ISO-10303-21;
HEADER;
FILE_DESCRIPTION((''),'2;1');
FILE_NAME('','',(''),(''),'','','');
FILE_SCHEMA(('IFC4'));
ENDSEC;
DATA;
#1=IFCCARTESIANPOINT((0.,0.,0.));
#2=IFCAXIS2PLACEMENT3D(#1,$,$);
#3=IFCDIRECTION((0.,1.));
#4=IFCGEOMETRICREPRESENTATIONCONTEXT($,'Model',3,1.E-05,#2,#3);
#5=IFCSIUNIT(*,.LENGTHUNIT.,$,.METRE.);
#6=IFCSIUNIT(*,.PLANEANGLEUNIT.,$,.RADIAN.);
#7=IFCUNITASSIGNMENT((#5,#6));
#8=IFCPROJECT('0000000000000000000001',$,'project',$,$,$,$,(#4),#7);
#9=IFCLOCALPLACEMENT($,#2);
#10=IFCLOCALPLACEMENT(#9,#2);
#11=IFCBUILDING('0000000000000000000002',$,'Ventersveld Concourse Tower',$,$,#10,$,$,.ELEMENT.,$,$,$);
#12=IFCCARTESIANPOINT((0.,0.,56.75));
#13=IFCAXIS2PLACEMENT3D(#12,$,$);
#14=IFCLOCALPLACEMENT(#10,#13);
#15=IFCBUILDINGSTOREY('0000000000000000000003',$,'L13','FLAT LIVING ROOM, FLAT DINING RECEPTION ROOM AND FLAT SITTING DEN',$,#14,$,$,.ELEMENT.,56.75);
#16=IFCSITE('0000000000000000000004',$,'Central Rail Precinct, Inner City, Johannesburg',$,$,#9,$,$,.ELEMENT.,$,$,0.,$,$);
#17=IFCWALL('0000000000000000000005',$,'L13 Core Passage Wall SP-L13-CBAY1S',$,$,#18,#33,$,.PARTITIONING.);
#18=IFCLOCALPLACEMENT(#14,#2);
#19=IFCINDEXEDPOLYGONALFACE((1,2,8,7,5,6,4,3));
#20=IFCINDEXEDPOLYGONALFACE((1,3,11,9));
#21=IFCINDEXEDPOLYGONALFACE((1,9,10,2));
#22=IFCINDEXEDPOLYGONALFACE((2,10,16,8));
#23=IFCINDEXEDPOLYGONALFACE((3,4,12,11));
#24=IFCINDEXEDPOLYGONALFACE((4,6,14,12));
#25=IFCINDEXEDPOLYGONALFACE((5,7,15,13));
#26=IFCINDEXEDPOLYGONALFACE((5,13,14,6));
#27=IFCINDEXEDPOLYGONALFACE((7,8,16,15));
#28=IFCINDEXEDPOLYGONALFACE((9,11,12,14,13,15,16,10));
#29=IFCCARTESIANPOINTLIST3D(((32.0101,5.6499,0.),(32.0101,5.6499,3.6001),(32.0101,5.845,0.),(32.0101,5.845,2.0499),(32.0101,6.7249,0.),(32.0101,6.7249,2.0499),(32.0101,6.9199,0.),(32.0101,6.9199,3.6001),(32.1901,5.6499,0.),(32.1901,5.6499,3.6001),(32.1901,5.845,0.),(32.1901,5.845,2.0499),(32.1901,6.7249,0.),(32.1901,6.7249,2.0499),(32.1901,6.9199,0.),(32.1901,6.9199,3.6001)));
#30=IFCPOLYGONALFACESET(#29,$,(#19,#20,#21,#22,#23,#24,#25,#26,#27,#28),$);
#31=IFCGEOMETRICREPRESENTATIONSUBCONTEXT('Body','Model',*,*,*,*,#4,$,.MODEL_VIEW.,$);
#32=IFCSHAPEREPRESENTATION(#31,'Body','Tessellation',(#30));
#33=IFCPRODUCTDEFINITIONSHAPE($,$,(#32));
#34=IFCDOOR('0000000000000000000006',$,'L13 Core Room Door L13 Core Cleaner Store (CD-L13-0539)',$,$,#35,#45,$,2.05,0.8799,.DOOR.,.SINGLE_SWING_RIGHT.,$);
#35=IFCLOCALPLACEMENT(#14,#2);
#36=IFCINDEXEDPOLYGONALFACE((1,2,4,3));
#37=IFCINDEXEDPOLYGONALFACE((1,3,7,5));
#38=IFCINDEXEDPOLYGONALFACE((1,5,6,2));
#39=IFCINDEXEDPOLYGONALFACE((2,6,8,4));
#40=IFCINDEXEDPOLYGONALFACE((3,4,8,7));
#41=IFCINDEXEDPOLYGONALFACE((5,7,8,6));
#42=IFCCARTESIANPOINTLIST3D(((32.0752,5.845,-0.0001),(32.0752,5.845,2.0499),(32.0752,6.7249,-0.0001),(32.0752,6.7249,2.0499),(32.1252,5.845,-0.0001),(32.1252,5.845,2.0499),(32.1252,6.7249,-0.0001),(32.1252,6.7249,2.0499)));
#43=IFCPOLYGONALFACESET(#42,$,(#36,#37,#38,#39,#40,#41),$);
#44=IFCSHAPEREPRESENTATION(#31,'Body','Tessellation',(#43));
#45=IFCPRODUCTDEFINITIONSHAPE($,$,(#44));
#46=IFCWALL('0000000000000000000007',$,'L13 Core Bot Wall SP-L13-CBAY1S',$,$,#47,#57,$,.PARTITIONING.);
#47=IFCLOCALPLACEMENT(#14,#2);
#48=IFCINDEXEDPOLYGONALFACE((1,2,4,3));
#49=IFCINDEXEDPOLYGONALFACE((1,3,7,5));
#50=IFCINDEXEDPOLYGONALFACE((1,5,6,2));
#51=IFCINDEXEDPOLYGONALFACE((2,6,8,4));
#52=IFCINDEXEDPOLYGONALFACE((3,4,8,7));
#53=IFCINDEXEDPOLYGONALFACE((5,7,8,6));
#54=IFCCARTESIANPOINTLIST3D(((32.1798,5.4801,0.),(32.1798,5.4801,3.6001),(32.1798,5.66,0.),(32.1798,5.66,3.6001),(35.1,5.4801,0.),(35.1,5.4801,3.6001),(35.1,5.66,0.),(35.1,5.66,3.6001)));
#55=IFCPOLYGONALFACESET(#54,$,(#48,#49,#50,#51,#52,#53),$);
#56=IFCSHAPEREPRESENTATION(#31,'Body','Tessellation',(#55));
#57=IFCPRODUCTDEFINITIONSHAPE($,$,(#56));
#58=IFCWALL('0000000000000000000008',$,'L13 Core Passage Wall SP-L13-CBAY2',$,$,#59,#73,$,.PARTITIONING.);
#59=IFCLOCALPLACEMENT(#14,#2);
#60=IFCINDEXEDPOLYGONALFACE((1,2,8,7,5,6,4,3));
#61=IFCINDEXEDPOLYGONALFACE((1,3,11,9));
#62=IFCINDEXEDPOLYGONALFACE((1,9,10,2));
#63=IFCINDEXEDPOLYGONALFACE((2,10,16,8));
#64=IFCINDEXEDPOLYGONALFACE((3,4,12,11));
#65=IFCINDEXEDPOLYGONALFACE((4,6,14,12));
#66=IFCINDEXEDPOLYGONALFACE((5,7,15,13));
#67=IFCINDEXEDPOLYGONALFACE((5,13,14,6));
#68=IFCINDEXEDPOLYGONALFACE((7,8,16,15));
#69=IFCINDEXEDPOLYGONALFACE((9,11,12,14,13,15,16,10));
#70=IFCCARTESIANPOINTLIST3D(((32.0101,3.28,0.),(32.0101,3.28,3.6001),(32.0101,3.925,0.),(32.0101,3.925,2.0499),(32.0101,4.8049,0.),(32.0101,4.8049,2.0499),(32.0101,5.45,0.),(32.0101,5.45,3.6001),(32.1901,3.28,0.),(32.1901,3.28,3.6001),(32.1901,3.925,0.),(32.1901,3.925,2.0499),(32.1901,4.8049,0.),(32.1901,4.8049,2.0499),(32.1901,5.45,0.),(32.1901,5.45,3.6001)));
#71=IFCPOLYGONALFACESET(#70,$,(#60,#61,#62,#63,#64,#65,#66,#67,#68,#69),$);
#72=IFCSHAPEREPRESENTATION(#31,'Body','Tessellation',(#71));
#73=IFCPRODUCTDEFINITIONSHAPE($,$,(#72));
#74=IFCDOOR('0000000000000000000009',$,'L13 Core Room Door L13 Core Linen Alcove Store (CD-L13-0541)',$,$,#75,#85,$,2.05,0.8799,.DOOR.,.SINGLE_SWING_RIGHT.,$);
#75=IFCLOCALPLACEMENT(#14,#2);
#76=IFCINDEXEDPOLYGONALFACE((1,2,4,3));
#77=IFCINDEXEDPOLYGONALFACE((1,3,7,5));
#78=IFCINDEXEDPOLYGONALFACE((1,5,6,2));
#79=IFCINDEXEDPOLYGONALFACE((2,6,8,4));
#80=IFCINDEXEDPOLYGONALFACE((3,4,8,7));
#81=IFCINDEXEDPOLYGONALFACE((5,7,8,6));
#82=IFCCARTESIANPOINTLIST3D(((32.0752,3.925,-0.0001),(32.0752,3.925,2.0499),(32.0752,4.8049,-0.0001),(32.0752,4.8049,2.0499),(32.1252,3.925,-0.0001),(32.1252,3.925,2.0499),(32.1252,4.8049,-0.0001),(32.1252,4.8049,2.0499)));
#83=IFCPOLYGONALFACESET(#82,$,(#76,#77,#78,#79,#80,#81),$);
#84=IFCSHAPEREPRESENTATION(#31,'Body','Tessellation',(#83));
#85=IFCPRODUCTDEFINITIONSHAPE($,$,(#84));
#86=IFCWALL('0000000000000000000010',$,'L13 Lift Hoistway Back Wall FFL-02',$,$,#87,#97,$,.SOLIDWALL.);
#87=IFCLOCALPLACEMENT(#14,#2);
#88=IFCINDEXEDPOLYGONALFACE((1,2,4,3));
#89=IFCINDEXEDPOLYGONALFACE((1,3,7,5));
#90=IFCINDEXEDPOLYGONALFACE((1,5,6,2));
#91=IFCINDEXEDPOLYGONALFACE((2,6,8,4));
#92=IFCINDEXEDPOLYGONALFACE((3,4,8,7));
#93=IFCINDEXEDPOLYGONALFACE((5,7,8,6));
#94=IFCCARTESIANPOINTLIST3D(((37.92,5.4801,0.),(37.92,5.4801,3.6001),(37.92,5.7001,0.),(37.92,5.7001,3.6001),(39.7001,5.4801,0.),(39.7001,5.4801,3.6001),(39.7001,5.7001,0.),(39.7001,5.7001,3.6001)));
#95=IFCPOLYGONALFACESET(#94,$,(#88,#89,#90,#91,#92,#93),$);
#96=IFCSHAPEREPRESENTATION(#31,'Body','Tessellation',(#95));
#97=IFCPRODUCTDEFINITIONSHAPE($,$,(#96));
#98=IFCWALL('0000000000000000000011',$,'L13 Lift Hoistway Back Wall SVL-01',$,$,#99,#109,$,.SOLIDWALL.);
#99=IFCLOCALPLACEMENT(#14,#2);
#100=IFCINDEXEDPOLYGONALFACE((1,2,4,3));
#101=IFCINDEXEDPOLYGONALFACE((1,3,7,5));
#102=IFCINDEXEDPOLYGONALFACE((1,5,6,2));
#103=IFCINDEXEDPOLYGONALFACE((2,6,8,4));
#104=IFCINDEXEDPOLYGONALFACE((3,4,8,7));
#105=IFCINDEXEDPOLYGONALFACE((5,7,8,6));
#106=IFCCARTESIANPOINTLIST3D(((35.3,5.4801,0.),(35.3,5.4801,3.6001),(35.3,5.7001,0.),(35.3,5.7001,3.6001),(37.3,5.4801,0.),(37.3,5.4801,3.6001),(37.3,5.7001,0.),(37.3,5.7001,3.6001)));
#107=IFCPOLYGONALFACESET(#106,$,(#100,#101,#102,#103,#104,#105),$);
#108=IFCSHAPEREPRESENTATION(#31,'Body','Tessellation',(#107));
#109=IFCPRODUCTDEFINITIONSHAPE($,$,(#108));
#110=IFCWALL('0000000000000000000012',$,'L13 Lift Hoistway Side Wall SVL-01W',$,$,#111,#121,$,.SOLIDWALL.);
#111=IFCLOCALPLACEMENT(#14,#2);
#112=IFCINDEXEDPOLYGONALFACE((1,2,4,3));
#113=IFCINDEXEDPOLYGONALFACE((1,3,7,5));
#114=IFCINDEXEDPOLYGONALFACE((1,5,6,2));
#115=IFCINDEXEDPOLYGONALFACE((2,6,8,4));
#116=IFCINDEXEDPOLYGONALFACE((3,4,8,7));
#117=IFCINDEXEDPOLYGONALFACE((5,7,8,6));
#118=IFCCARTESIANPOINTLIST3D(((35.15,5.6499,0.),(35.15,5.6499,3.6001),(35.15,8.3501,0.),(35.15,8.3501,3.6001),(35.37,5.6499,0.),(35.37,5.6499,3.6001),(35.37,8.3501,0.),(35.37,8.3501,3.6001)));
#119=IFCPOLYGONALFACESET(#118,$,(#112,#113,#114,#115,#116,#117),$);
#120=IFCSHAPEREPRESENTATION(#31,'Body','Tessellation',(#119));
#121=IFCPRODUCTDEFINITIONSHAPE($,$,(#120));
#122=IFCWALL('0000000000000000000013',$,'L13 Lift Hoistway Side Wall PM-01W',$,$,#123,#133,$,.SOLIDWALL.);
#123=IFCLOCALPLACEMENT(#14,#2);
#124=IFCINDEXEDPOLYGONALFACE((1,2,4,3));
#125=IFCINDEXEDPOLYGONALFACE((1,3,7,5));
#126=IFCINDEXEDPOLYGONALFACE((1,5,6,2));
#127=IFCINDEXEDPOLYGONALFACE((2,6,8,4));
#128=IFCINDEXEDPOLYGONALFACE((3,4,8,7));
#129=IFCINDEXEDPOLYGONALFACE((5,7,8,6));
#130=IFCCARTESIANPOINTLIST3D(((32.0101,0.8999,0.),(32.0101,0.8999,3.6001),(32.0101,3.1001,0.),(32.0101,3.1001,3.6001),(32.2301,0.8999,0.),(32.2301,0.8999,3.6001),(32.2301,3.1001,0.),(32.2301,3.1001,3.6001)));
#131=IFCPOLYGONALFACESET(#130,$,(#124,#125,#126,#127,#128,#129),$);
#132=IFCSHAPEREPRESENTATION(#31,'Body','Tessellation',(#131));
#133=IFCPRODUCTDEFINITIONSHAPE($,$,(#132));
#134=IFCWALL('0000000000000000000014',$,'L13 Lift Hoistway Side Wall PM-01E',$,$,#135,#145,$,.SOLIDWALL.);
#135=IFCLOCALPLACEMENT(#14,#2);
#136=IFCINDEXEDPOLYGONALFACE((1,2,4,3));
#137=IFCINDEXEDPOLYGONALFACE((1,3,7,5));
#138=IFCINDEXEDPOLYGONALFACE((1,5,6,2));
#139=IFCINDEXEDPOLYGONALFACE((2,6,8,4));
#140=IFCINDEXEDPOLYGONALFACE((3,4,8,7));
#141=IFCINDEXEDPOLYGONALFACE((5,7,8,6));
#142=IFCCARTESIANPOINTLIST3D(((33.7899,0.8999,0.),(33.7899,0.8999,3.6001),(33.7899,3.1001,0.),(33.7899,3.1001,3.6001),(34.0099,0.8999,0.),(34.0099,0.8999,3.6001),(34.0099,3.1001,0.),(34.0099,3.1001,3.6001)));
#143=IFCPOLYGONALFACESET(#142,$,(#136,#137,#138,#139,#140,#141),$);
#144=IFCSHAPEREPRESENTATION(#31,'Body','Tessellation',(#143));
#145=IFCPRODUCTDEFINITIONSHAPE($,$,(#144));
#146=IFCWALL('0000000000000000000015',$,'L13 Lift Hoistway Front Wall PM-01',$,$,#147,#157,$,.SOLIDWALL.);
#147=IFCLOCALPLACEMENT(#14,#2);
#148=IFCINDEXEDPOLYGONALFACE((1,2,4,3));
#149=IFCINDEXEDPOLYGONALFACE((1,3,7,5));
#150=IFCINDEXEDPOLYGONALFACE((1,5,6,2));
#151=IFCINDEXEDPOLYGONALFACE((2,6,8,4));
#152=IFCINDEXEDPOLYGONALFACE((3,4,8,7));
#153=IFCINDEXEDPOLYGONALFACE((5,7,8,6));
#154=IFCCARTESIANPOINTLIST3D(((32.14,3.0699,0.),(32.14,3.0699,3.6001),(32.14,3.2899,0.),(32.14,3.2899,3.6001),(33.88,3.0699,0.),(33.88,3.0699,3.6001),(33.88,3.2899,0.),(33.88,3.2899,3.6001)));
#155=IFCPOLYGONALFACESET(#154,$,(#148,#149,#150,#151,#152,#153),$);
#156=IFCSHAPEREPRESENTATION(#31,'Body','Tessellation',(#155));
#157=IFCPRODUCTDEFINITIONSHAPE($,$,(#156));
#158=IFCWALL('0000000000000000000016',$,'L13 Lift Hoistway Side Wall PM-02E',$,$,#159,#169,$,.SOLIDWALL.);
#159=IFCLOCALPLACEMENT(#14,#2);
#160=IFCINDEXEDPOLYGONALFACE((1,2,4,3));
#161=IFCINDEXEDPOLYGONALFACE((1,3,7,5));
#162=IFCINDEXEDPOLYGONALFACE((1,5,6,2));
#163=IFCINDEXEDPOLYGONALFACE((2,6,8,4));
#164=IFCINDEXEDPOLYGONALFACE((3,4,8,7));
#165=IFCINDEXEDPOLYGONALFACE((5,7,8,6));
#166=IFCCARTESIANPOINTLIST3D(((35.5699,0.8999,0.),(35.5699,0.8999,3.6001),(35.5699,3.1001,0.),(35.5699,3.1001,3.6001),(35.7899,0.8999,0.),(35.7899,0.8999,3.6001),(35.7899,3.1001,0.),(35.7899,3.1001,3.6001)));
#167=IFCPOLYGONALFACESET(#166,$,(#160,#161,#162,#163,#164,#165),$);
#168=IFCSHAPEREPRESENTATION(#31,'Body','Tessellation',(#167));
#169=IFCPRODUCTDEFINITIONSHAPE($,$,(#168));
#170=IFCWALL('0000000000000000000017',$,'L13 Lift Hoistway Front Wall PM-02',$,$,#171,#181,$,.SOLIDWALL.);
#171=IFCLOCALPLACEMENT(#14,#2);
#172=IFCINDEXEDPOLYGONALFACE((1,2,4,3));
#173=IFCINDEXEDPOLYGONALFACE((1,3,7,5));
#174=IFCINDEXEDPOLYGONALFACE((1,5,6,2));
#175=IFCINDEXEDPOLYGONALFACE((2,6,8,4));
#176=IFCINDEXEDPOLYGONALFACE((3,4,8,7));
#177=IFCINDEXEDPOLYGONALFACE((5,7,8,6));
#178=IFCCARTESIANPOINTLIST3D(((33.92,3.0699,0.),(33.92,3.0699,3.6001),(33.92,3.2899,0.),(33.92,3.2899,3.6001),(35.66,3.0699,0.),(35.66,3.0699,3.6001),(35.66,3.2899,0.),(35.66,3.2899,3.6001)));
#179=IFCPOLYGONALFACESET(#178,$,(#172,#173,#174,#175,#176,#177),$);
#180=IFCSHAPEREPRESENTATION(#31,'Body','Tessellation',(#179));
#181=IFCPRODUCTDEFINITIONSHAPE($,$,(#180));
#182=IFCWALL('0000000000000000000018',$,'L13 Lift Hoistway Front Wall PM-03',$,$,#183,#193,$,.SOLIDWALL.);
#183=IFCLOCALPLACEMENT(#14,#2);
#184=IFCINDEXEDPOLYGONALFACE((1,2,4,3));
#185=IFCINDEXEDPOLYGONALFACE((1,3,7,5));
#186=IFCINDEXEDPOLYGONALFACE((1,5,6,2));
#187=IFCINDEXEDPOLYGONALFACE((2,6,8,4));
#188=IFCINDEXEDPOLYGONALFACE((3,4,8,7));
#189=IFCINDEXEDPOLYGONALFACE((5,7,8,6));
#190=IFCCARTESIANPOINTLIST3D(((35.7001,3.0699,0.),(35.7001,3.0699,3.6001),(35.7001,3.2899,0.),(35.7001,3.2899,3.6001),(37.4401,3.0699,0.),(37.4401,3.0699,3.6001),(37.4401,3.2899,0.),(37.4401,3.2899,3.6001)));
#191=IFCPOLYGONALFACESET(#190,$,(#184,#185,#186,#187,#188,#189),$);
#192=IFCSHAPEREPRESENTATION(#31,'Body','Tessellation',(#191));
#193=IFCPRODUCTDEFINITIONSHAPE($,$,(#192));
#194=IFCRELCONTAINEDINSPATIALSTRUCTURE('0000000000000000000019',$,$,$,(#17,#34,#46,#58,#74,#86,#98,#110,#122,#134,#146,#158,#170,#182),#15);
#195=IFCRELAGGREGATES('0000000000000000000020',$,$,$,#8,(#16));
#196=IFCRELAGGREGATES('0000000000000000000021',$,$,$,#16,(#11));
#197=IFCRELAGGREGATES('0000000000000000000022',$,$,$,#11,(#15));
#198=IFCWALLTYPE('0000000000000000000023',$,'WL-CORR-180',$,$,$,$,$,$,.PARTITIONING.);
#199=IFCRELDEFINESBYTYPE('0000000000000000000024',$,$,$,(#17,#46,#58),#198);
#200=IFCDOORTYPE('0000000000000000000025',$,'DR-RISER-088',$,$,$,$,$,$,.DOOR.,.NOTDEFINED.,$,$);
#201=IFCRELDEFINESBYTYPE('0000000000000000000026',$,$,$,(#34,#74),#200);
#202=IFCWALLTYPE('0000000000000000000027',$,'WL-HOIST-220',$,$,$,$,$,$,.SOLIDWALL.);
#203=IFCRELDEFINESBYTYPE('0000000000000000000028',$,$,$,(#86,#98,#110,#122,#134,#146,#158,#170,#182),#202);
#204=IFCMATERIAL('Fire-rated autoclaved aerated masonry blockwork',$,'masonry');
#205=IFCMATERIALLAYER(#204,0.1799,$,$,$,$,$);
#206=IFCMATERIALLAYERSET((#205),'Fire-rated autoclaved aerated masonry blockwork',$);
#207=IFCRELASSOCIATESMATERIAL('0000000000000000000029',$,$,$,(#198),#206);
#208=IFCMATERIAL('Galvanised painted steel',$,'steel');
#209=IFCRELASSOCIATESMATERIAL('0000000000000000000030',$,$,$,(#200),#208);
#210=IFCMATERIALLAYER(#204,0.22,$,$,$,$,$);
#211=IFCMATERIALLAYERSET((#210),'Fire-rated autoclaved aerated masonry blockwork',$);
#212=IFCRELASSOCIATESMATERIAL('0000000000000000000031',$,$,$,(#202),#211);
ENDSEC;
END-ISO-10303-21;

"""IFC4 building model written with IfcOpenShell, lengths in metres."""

from ifc_helpers import new_model, si_unit, direction, frame, frame_2d, origin, place, context, subcontext, project, spatial, rectangle, extrude, material, layer, layer_set, type_object, element, fill, save


model = new_model("IFC4")

# Units and contexts
model_context = context("Model", 3, precision=1e-05, world=origin(), true_north=direction((0.0, 1.0)))
body_context = subcontext(model_context, "Body", "Model", "MODEL_VIEW")
ifc_project = project(units=[si_unit("LENGTHUNIT", "METRE"), si_unit("PLANEANGLEUNIT", "RADIAN")], contexts=[model_context])

# Site, building, storey
site_placement = place(None, origin())
site = spatial("IfcSite", under=ifc_project, at=site_placement, Name="Central Rail Precinct, Inner City, Johannesburg", CompositionType="ELEMENT", RefElevation=0.0)
building_placement = place(site_placement, origin())
building = spatial("IfcBuilding", under=site, at=building_placement, Name="Ventersveld Concourse Tower", CompositionType="ELEMENT")
storey_placement = place(building_placement, frame((0.0, 0.0, 56.75)))
storey = spatial("IfcBuildingStorey", under=building, at=storey_placement, Name="L13", Description="FLAT LIVING ROOM, FLAT DINING RECEPTION ROOM AND FLAT SITTING DEN", CompositionType="ELEMENT", Elevation=56.75)

# Wall, opening, door
ifc_material_1 = material(Name="Fire-rated autoclaved aerated masonry blockwork", Category="masonry")
ifc_layer_1 = layer(ifc_material_1, 0.1799)
ifc_layer_set_1 = layer_set([ifc_layer_1], Name="Fire-rated autoclaved aerated masonry blockwork")
wall_type_1 = type_object("IfcWallType", Name="WL-CORR-180", PredefinedType="PARTITIONING", material=ifc_layer_set_1)
wall_1_placement = place(storey_placement, frame((32.1001, 5.6499, 0.0), z_axis=(0.0, 0.0, 1.0), x_axis=(0.0, 1.0, 0.0)))
wall_1 = element("IfcWall", 1, at=wall_1_placement, inside=storey, type_object=wall_type_1, Name="L13 Core Passage Wall SP-L13-CBAY1S", PredefinedType="PARTITIONING", context=body_context, shape_type="SweptSolid", body=[
    extrude(rectangle(XDim=1.27, YDim=0.1799, at=frame_2d((0.635, 0.0))), origin(), (0.0, 0.0, 1.0), 3.6001),
])
opening_1_placement = place(wall_1_placement, frame((0.1951, 0.0, 0.0)))
opening_1 = element("IfcOpeningElement", 2, at=opening_1_placement, cuts=wall_1, PredefinedType="OPENING", context=body_context, shape_type="SweptSolid", body=[
    extrude(rectangle(XDim=0.8799, YDim=2.05, at=frame_2d((0.4399, 1.0249))), frame((0.0, 0.1001, 0.0), z_axis=(0.0, -1.0, 0.0), x_axis=(1.0, 0.0, 0.0)), (0.0, 0.0, 1.0), 0.2),
])
ifc_material_2 = material(Name="Galvanised painted steel", Category="steel")
door_type = type_object("IfcDoorType", Name="DR-RISER-088", OperationType="NOTDEFINED", PredefinedType="DOOR", material=ifc_material_2)
door_1_placement = place(opening_1_placement, origin())
door_1 = element("IfcDoor", 3, at=door_1_placement, inside=storey, type_object=door_type, Name="L13 Core Room Door L13 Core Cleaner Store (CD-L13-0539)", OperationType="SINGLE_SWING_RIGHT", OverallHeight=2.05, OverallWidth=0.8799, PredefinedType="DOOR", context=body_context, shape_type="SweptSolid", body=[
    extrude(rectangle(XDim=0.8799, YDim=2.05, at=frame_2d((0.4399, 1.0249))), frame((0.0, 0.0249, 0.0), z_axis=(0.0, -1.0, 0.0), x_axis=(1.0, 0.0, 0.0)), (0.0, 0.0, 1.0), 0.05),
])
fill(opening_1, door_1)

# Wall
wall_2_placement = place(storey_placement, frame((32.1799, 5.5701, 0.0), z_axis=(0.0, 0.0, 1.0), x_axis=(1.0, 0.0, 0.0)))
element("IfcWall", 4, at=wall_2_placement, inside=storey, type_object=wall_type_1, Name="L13 Core Bot Wall SP-L13-CBAY1S", PredefinedType="PARTITIONING", context=body_context, shape_type="SweptSolid", body=[
    extrude(rectangle(XDim=2.9202, YDim=0.1799, at=frame_2d((1.46, 0.0))), origin(), (0.0, 0.0, 1.0), 3.6001),
])

# Wall, opening, door
wall_3_placement = place(storey_placement, frame((32.1001, 3.28, 0.0), z_axis=(0.0, 0.0, 1.0), x_axis=(0.0, 1.0, 0.0)))
wall_3 = element("IfcWall", 5, at=wall_3_placement, inside=storey, type_object=wall_type_1, Name="L13 Core Passage Wall SP-L13-CBAY2", PredefinedType="PARTITIONING", context=body_context, shape_type="SweptSolid", body=[
    extrude(rectangle(XDim=2.1699, YDim=0.1799, at=frame_2d((1.085, 0.0))), origin(), (0.0, 0.0, 1.0), 3.6001),
])
opening_2_placement = place(wall_3_placement, frame((0.645, 0.0, 0.0)))
opening_2 = element("IfcOpeningElement", 6, at=opening_2_placement, cuts=wall_3, PredefinedType="OPENING", context=body_context, shape_type="SweptSolid", body=[
    extrude(rectangle(XDim=0.8799, YDim=2.05, at=frame_2d((0.4399, 1.0249))), frame((0.0, 0.1001, 0.0), z_axis=(0.0, -1.0, 0.0), x_axis=(1.0, 0.0, 0.0)), (0.0, 0.0, 1.0), 0.2),
])
door_2_placement = place(opening_2_placement, origin())
door_2 = element("IfcDoor", 7, at=door_2_placement, inside=storey, type_object=door_type, Name="L13 Core Room Door L13 Core Linen Alcove Store (CD-L13-0541)", OperationType="SINGLE_SWING_RIGHT", OverallHeight=2.05, OverallWidth=0.8799, PredefinedType="DOOR", context=body_context, shape_type="SweptSolid", body=[
    extrude(rectangle(XDim=0.8799, YDim=2.05, at=frame_2d((0.4399, 1.0249))), frame((0.0, 0.0249, 0.0), z_axis=(0.0, -1.0, 0.0), x_axis=(1.0, 0.0, 0.0)), (0.0, 0.0, 1.0), 0.05),
])
fill(opening_2, door_2)

# Walls
ifc_layer_2 = layer(ifc_material_1, 0.22)
ifc_layer_set_2 = layer_set([ifc_layer_2], Name="Fire-rated autoclaved aerated masonry blockwork")
wall_type_2 = type_object("IfcWallType", Name="WL-HOIST-220", PredefinedType="SOLIDWALL", material=ifc_layer_set_2)
wall_4_placement = place(storey_placement, frame((37.9199, 5.5901, 0.0), z_axis=(0.0, 0.0, 1.0), x_axis=(1.0, 0.0, 0.0)))
element("IfcWall", 8, at=wall_4_placement, inside=storey, type_object=wall_type_2, Name="L13 Lift Hoistway Back Wall FFL-02", PredefinedType="SOLIDWALL", context=body_context, shape_type="SweptSolid", body=[
    extrude(rectangle(XDim=1.78, YDim=0.22, at=frame_2d((0.8901, 0.0))), origin(), (0.0, 0.0, 1.0), 3.6001),
])
wall_5_placement = place(storey_placement, frame((35.3, 5.5901, 0.0), z_axis=(0.0, 0.0, 1.0), x_axis=(1.0, 0.0, 0.0)))
element("IfcWall", 9, at=wall_5_placement, inside=storey, type_object=wall_type_2, Name="L13 Lift Hoistway Back Wall SVL-01", PredefinedType="SOLIDWALL", context=body_context, shape_type="SweptSolid", body=[
    extrude(rectangle(XDim=2.0, YDim=0.22, at=frame_2d((1.0, 0.0))), origin(), (0.0, 0.0, 1.0), 3.6001),
])
wall_6_placement = place(storey_placement, frame((35.26, 5.6499, 0.0), z_axis=(0.0, 0.0, 1.0), x_axis=(0.0, 1.0, 0.0)))
element("IfcWall", 10, at=wall_6_placement, inside=storey, type_object=wall_type_2, Name="L13 Lift Hoistway Side Wall SVL-01W", PredefinedType="SOLIDWALL", context=body_context, shape_type="SweptSolid", body=[
    extrude(rectangle(XDim=2.7002, YDim=0.22, at=frame_2d((1.3501, 0.0))), origin(), (0.0, 0.0, 1.0), 3.6001),
])
for number, where, z_axis, x_axis, name in (
    (11, (32.1201, 0.8999, 0.0), (0.0, 0.0, 1.0), (0.0, 1.0, 0.0), "L13 Lift Hoistway Side Wall PM-01W"),
    (12, (33.8999, 0.8999, 0.0), (0.0, 0.0, 1.0), (0.0, 1.0, 0.0), "L13 Lift Hoistway Side Wall PM-01E"),
):
    element("IfcWall", number, at=place(storey_placement, frame(where, z_axis=z_axis, x_axis=x_axis)), inside=storey, type_object=wall_type_2, Name=name, PredefinedType="SOLIDWALL", context=body_context, shape_type="SweptSolid", body=[
        extrude(rectangle(XDim=2.2002, YDim=0.22, at=frame_2d((1.1001, 0.0))), origin(), (0.0, 0.0, 1.0), 3.6001),
    ])
wall_7_placement = place(storey_placement, frame((32.1399, 3.1799, 0.0), z_axis=(0.0, 0.0, 1.0), x_axis=(1.0, 0.0, 0.0)))
element("IfcWall", 13, at=wall_7_placement, inside=storey, type_object=wall_type_2, Name="L13 Lift Hoistway Front Wall PM-01", PredefinedType="SOLIDWALL", context=body_context, shape_type="SweptSolid", body=[
    extrude(rectangle(XDim=1.74, YDim=0.22, at=frame_2d((0.8701, 0.0))), origin(), (0.0, 0.0, 1.0), 3.6001),
])
wall_8_placement = place(storey_placement, frame((35.6799, 0.8999, 0.0), z_axis=(0.0, 0.0, 1.0), x_axis=(0.0, 1.0, 0.0)))
element("IfcWall", 14, at=wall_8_placement, inside=storey, type_object=wall_type_2, Name="L13 Lift Hoistway Side Wall PM-02E", PredefinedType="SOLIDWALL", context=body_context, shape_type="SweptSolid", body=[
    extrude(rectangle(XDim=2.2002, YDim=0.22, at=frame_2d((1.1001, 0.0))), origin(), (0.0, 0.0, 1.0), 3.6001),
])
for number, where, z_axis, x_axis, name in (
    (15, (33.9199, 3.1799, 0.0), (0.0, 0.0, 1.0), (1.0, 0.0, 0.0), "L13 Lift Hoistway Front Wall PM-02"),
    (16, (35.7, 3.1799, 0.0), (0.0, 0.0, 1.0), (1.0, 0.0, 0.0), "L13 Lift Hoistway Front Wall PM-03"),
):
    element("IfcWall", number, at=place(storey_placement, frame(where, z_axis=z_axis, x_axis=x_axis)), inside=storey, type_object=wall_type_2, Name=name, PredefinedType="SOLIDWALL", context=body_context, shape_type="SweptSolid", body=[
        extrude(rectangle(XDim=1.74, YDim=0.22, at=frame_2d((0.8701, 0.0))), origin(), (0.0, 0.0, 1.0), 3.6001),
    ])

save(model, "model.ifc")
